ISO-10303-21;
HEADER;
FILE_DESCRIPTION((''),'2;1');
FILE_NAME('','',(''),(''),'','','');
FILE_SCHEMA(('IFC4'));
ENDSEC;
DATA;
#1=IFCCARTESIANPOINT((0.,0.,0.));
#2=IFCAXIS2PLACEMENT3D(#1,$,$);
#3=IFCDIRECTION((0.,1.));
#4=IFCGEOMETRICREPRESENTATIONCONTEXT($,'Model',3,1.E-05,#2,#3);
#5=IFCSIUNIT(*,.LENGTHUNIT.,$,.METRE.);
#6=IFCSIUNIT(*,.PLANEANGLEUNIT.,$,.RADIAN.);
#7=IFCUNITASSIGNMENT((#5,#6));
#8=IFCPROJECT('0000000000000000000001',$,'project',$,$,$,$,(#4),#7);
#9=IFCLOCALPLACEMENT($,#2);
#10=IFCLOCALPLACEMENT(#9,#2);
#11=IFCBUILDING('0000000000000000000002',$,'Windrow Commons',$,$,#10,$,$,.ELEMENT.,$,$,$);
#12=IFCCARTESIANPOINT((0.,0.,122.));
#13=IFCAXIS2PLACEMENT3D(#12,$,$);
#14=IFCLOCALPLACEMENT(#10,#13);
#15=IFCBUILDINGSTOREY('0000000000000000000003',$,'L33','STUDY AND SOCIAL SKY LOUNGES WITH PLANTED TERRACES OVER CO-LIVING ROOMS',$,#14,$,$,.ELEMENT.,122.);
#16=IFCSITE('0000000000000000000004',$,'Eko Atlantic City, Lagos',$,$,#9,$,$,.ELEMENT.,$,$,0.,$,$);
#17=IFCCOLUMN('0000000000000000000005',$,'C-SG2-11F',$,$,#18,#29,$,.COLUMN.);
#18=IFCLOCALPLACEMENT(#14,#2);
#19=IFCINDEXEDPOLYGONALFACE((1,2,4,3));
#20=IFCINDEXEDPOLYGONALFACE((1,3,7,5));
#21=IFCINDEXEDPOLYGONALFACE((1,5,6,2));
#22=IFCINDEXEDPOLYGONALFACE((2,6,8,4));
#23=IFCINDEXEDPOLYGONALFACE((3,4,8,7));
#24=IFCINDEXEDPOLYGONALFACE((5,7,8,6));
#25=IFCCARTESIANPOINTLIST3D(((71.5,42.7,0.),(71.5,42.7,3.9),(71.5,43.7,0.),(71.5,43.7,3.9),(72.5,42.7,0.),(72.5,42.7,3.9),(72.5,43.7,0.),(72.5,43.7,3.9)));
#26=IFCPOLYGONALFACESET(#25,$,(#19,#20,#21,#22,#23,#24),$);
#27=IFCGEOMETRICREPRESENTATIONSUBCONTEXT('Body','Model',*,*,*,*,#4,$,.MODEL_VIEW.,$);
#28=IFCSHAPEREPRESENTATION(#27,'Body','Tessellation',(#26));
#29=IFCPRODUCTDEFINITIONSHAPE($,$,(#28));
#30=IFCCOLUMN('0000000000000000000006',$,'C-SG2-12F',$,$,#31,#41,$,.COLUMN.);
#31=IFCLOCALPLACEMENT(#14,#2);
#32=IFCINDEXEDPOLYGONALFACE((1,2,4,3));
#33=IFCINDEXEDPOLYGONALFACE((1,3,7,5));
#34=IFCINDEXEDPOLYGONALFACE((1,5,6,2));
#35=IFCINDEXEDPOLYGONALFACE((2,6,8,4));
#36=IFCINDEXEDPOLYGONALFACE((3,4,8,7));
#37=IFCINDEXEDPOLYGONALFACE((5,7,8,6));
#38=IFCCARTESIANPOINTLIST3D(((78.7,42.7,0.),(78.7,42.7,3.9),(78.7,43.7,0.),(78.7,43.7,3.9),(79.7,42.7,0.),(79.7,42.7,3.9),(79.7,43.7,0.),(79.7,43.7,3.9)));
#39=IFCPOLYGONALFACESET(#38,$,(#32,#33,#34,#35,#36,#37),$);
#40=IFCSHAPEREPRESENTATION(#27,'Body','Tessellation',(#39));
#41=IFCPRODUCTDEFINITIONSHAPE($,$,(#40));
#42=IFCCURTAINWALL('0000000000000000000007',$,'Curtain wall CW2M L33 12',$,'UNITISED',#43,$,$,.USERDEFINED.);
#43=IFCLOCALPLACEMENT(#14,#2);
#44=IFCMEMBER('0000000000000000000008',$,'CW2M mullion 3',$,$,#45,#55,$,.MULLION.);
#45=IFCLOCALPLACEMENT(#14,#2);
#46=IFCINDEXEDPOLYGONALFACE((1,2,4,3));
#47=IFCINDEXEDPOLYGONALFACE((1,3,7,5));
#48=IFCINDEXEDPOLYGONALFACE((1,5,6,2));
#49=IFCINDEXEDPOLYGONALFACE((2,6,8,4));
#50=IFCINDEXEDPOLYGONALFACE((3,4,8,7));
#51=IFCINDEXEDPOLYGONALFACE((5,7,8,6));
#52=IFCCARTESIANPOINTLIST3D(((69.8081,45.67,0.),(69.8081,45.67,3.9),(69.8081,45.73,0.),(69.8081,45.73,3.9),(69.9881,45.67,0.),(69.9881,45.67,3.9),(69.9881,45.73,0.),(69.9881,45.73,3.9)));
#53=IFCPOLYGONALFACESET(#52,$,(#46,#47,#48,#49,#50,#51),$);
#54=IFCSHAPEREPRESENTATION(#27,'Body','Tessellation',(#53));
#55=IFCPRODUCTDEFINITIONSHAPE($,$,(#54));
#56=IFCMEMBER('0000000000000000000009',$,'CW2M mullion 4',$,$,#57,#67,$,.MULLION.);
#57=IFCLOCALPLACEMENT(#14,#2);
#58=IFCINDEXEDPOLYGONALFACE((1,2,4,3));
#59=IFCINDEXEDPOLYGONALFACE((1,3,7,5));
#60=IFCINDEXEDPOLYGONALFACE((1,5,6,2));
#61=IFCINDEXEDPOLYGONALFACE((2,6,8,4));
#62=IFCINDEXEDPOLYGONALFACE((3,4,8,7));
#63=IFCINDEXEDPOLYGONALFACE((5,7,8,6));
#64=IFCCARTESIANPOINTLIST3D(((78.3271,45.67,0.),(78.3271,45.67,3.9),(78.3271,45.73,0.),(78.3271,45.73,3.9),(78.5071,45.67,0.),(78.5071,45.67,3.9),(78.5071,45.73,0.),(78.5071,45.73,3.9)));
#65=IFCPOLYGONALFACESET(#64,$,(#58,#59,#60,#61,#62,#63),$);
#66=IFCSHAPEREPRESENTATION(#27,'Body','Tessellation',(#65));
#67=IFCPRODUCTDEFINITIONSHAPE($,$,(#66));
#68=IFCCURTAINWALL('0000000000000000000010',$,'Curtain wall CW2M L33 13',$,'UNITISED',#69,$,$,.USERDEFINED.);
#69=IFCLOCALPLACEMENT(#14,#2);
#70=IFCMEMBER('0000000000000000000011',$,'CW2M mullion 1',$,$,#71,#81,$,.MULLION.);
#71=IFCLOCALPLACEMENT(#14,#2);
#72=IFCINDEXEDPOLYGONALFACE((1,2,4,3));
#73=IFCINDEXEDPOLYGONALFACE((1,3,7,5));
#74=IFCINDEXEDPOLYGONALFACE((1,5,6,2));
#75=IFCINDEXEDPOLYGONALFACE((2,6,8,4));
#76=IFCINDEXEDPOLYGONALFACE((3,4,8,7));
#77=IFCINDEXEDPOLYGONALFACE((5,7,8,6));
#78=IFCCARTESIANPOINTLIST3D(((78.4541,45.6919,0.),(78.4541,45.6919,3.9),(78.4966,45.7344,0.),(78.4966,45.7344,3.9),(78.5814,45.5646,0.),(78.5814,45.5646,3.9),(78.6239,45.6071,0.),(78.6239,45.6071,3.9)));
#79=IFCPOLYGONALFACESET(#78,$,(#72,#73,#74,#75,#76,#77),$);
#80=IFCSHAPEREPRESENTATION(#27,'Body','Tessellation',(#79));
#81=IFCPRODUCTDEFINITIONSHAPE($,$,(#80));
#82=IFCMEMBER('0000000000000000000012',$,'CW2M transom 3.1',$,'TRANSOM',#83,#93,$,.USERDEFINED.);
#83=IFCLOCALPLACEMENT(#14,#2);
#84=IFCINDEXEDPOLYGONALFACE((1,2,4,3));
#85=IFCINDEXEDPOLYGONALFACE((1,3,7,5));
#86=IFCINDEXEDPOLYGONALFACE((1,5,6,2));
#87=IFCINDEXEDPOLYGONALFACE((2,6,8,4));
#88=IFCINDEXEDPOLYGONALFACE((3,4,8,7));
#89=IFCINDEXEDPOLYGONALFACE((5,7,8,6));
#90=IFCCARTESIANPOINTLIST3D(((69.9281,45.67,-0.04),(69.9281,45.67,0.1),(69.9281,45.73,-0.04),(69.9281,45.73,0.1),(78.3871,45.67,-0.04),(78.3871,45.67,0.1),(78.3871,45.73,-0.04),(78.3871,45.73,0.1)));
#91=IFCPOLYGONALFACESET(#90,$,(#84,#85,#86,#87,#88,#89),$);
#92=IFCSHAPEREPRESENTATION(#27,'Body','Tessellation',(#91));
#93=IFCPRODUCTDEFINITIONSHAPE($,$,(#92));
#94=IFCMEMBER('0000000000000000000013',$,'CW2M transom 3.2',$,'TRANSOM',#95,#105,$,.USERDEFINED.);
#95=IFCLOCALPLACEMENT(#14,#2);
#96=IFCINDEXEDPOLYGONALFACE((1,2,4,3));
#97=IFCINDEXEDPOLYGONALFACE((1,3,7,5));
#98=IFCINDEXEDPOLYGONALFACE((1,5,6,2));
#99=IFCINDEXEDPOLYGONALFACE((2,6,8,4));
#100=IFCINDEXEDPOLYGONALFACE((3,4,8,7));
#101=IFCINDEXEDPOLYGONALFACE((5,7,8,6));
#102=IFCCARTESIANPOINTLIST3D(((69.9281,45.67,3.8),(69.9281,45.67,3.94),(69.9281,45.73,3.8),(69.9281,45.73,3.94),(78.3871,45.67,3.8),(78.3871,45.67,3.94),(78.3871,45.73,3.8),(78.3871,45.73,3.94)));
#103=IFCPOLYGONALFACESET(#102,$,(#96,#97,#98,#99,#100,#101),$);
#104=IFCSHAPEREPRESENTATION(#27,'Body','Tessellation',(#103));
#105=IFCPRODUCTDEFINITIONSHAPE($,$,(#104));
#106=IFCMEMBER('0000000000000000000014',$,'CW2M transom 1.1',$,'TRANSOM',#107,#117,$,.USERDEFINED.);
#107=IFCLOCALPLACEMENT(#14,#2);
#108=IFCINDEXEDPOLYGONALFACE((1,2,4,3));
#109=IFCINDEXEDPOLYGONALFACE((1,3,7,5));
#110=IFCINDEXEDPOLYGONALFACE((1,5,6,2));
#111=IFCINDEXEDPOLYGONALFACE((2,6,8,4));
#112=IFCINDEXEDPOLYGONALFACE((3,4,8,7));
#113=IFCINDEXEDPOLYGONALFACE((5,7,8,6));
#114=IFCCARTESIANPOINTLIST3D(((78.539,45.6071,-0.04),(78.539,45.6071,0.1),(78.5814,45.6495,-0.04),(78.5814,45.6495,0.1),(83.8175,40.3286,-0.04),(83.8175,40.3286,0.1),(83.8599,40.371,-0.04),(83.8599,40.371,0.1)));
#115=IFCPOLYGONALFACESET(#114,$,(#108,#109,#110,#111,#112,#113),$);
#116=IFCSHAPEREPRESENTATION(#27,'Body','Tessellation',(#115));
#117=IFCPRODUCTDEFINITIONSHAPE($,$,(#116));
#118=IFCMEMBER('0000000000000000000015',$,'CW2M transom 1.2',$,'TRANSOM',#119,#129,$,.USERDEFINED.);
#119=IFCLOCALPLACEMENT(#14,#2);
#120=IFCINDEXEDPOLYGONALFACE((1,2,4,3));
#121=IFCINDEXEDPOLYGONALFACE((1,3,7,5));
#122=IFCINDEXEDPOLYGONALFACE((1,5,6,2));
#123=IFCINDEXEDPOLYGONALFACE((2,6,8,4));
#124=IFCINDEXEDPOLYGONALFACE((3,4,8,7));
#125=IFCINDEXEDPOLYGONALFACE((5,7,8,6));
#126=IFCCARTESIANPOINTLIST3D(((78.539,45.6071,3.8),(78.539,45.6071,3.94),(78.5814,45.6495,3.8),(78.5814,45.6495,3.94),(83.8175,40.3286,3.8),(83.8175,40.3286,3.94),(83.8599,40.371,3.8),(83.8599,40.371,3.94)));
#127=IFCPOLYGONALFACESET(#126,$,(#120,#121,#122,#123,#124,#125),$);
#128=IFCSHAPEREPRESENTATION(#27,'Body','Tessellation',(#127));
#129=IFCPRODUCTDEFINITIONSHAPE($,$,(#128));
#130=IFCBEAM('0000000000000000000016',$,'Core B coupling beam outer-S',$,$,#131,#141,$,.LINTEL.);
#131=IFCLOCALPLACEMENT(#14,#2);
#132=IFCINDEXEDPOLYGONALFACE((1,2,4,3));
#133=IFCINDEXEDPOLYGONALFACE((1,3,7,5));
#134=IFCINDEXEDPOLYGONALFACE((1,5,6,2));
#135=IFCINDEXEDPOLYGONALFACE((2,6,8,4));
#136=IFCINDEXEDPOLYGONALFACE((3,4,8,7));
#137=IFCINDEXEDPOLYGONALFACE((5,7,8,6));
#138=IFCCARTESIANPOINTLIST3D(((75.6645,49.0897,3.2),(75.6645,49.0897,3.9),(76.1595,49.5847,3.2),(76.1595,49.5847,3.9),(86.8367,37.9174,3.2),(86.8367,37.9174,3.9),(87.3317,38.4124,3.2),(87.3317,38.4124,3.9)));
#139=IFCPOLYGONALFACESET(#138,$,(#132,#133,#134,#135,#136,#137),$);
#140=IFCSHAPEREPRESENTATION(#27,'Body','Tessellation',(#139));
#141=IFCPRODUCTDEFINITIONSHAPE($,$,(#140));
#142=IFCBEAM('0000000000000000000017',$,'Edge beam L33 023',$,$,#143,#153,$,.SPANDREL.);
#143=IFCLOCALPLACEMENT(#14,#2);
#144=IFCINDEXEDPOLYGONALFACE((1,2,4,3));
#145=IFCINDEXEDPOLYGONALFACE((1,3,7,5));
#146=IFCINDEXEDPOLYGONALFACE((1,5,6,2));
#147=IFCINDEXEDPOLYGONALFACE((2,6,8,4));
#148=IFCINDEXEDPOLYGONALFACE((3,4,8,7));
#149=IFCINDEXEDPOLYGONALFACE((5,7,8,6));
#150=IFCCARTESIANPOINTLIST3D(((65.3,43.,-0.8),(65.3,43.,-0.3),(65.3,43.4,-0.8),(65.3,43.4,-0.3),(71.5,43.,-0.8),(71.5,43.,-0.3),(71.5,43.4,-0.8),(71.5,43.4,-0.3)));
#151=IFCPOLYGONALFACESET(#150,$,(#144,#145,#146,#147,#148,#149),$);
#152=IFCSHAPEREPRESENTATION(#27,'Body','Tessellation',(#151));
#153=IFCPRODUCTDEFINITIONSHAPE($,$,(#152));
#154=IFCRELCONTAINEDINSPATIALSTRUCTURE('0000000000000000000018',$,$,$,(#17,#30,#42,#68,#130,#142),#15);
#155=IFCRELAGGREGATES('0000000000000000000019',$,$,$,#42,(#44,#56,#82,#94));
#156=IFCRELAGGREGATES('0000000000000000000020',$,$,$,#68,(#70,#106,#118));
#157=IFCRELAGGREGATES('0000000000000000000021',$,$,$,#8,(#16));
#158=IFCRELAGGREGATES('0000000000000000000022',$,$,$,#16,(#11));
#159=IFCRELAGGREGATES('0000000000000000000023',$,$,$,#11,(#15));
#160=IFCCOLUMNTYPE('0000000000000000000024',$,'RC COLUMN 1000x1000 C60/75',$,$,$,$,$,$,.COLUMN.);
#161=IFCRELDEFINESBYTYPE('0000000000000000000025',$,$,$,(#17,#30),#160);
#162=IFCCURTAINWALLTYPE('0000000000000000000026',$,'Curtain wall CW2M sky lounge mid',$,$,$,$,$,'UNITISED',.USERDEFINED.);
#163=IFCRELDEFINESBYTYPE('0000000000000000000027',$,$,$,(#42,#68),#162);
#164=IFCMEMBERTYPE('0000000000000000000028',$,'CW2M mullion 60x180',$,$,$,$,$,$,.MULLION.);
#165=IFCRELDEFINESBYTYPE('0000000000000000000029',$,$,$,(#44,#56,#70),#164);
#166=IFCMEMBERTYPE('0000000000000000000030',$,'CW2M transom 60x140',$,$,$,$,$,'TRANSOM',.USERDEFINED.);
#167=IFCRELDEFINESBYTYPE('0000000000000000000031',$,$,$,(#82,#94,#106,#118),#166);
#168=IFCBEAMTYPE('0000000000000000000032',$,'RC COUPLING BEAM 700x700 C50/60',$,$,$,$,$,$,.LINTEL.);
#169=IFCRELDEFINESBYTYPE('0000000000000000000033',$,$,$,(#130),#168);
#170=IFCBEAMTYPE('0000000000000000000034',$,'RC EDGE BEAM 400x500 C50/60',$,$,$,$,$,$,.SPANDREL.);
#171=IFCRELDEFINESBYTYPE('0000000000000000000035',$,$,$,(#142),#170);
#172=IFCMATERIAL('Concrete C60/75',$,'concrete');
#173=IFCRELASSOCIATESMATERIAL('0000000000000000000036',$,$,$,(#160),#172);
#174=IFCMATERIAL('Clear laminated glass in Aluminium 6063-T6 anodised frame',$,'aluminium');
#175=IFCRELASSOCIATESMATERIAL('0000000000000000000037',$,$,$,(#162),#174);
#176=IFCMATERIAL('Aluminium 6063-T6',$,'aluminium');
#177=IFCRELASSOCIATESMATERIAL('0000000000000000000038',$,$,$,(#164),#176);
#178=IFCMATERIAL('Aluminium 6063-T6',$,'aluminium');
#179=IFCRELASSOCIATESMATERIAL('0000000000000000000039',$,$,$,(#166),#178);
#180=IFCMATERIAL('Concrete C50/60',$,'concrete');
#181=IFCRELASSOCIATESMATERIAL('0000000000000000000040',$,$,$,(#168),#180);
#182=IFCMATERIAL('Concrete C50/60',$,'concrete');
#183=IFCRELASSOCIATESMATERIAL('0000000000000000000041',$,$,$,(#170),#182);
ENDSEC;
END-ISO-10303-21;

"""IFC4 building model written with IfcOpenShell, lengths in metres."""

from ifc_helpers import new_model, si_unit, direction, frame, origin, origin_2d, place, context, subcontext, project, spatial, rectangle, extrude, material, material_profile, profile_set, type_object, element, aggregate, save


model = new_model("IFC4")

# Units and contexts
model_context = context("Model", 3, precision=1e-05, world=origin(), true_north=direction((0.0, 1.0)))
body_context = subcontext(model_context, "Body", "Model", "MODEL_VIEW")
ifc_project = project(units=[si_unit("LENGTHUNIT", "METRE"), si_unit("PLANEANGLEUNIT", "RADIAN")], contexts=[model_context])

# Site, building, storey
site_placement = place(None, origin())
site = spatial("IfcSite", under=ifc_project, at=site_placement, Name="Eko Atlantic City, Lagos", CompositionType="ELEMENT", RefElevation=0.0)
building_placement = place(site_placement, origin())
building = spatial("IfcBuilding", under=site, at=building_placement, Name="Windrow Commons", CompositionType="ELEMENT")
storey_placement = place(building_placement, frame((0.0, 0.0, 122.0)))
storey = spatial("IfcBuildingStorey", under=building, at=storey_placement, Name="L33", Description="STUDY AND SOCIAL SKY LOUNGES WITH PLANTED TERRACES OVER CO-LIVING ROOMS", CompositionType="ELEMENT", Elevation=122.0)

# Columns
ifc_material_1 = material(Name="Concrete C60/75", Category="concrete")
ifc_material_profile_1 = material_profile(ifc_material_1, rectangle(XDim=1.0, YDim=1.0, at=origin_2d()))
ifc_profile_set_1 = profile_set([ifc_material_profile_1], Name="Concrete C60/75")
column_type = type_object("IfcColumnType", Name="RC COLUMN 1000x1000 C60/75", PredefinedType="COLUMN", material=ifc_profile_set_1)
for number, where, z_axis, x_axis, name in (
    (1, (72.0, 43.2, 0.0), (0.0, 0.0, 1.0), (1.0, 0.0, 0.0), "C-SG2-11F"),
    (2, (79.2, 43.2, 0.0), (0.0, 0.0, 1.0), (1.0, 0.0, 0.0), "C-SG2-12F"),
):
    element("IfcColumn", number, at=place(storey_placement, frame(where, z_axis=z_axis, x_axis=x_axis)), inside=storey, type_object=column_type, Name=name, PredefinedType="COLUMN", context=body_context, shape_type="SweptSolid", body=[
        extrude(rectangle(XDim=1.0, YDim=1.0, at=origin_2d()), origin(), (0.0, 0.0, 1.0), 3.9),
    ])

# Curtain wall, members
ifc_material_2 = material(Name="Clear laminated glass in Aluminium 6063-T6 anodised frame", Category="aluminium")
curtain_wall_type = type_object("IfcCurtainWallType", Name="Curtain wall CW2M sky lounge mid", ElementType="UNITISED", PredefinedType="USERDEFINED", material=ifc_material_2)
placement = place(storey_placement, origin())
curtain_wall_1 = element("IfcCurtainWall", 3, at=placement, inside=storey, type_object=curtain_wall_type, Name="Curtain wall CW2M L33 12", ObjectType="UNITISED", PredefinedType="USERDEFINED")
ifc_material_3 = material(Name="Aluminium 6063-T6", Category="aluminium")
ifc_material_profile_2 = material_profile(ifc_material_3, rectangle(XDim=0.06, YDim=0.18, at=origin_2d()))
ifc_profile_set_2 = profile_set([ifc_material_profile_2], Name="Aluminium 6063-T6")
member_type_1 = type_object("IfcMemberType", Name="CW2M mullion 60x180", PredefinedType="MULLION", material=ifc_profile_set_2)
member_1_placement = place(storey_placement, frame((69.8981, 45.7, 0.0), z_axis=(0.0, 0.0, 1.0), x_axis=(0.0, 1.0, 0.0)))
member_1 = element("IfcMember", 4, at=member_1_placement, type_object=member_type_1, Name="CW2M mullion 3", PredefinedType="MULLION", context=body_context, shape_type="SweptSolid", body=[
    extrude(rectangle(XDim=0.06, YDim=0.18, at=origin_2d()), origin(), (0.0, 0.0, 1.0), 3.9),
])
member_2_placement = place(storey_placement, frame((78.4171, 45.7, 0.0), z_axis=(0.0, 0.0, 1.0), x_axis=(0.0, 1.0, 0.0)))
member_2 = element("IfcMember", 5, at=member_2_placement, type_object=member_type_1, Name="CW2M mullion 4", PredefinedType="MULLION", context=body_context, shape_type="SweptSolid", body=[
    extrude(rectangle(XDim=0.06, YDim=0.18, at=origin_2d()), origin(), (0.0, 0.0, 1.0), 3.9),
])

# Curtain wall, member
curtain_wall_2 = element("IfcCurtainWall", 6, at=placement, inside=storey, type_object=curtain_wall_type, Name="Curtain wall CW2M L33 13", ObjectType="UNITISED", PredefinedType="USERDEFINED")
member_3_placement = place(storey_placement, frame((78.539, 45.6495, 0.0), z_axis=(0.0, 0.0, 1.0), x_axis=(0.707107, 0.707107, 0.0)))
member_3 = element("IfcMember", 7, at=member_3_placement, type_object=member_type_1, Name="CW2M mullion 1", PredefinedType="MULLION", context=body_context, shape_type="SweptSolid", body=[
    extrude(rectangle(XDim=0.06, YDim=0.18, at=origin_2d()), origin(), (0.0, 0.0, 1.0), 3.9),
])

# Members
ifc_material_4 = material(Name="Aluminium 6063-T6", Category="aluminium")
ifc_material_profile_3 = material_profile(ifc_material_4, rectangle(XDim=0.06, YDim=0.14, at=origin_2d()))
ifc_profile_set_3 = profile_set([ifc_material_profile_3], Name="Aluminium 6063-T6")
member_type_2 = type_object("IfcMemberType", Name="CW2M transom 60x140", ElementType="TRANSOM", PredefinedType="USERDEFINED", material=ifc_profile_set_3)
member_4_placement = place(storey_placement, frame((69.9281, 45.7, 0.03), z_axis=(1.0, 0.0, 0.0), x_axis=(0.0, 1.0, 0.0)))
member_4 = element("IfcMember", 8, at=member_4_placement, type_object=member_type_2, Name="CW2M transom 3.1", ObjectType="TRANSOM", PredefinedType="USERDEFINED", context=body_context, shape_type="SweptSolid", body=[
    extrude(rectangle(XDim=0.06, YDim=0.14, at=origin_2d()), origin(), (0.0, 0.0, 1.0), 8.459),
])
member_5_placement = place(storey_placement, frame((69.9281, 45.7, 3.87), z_axis=(1.0, 0.0, 0.0), x_axis=(0.0, 1.0, 0.0)))
member_5 = element("IfcMember", 9, at=member_5_placement, type_object=member_type_2, Name="CW2M transom 3.2", ObjectType="TRANSOM", PredefinedType="USERDEFINED", context=body_context, shape_type="SweptSolid", body=[
    extrude(rectangle(XDim=0.06, YDim=0.14, at=origin_2d()), origin(), (0.0, 0.0, 1.0), 8.459),
])
member_6_placement = place(storey_placement, frame((78.5602, 45.6283, 0.03), z_axis=(0.707107, -0.707107, 0.0), x_axis=(0.707107, 0.707107, 0.0)))
member_6 = element("IfcMember", 10, at=member_6_placement, type_object=member_type_2, Name="CW2M transom 1.1", ObjectType="TRANSOM", PredefinedType="USERDEFINED", context=body_context, shape_type="SweptSolid", body=[
    extrude(rectangle(XDim=0.06, YDim=0.14, at=origin_2d()), origin(), (0.0, 0.0, 1.0), 7.4649),
])
member_7_placement = place(storey_placement, frame((78.5602, 45.6283, 3.87), z_axis=(0.707107, -0.707107, 0.0), x_axis=(0.707107, 0.707107, 0.0)))
member_7 = element("IfcMember", 11, at=member_7_placement, type_object=member_type_2, Name="CW2M transom 1.2", ObjectType="TRANSOM", PredefinedType="USERDEFINED", context=body_context, shape_type="SweptSolid", body=[
    extrude(rectangle(XDim=0.06, YDim=0.14, at=origin_2d()), origin(), (0.0, 0.0, 1.0), 7.4649),
])

# Beams
ifc_material_5 = material(Name="Concrete C50/60", Category="concrete")
ifc_material_profile_4 = material_profile(ifc_material_5, rectangle(XDim=0.7, YDim=0.7, at=origin_2d()))
ifc_profile_set_4 = profile_set([ifc_material_profile_4], Name="Concrete C50/60")
beam_type_1 = type_object("IfcBeamType", Name="RC COUPLING BEAM 700x700 C50/60", PredefinedType="LINTEL", material=ifc_profile_set_4)
beam_1_placement = place(storey_placement, frame((75.912, 49.3372, 3.55), z_axis=(0.707104, -0.70711, 0.0), x_axis=(0.70711, 0.707104, 0.0)))
element("IfcBeam", 12, at=beam_1_placement, inside=storey, type_object=beam_type_1, Name="Core B coupling beam outer-S", PredefinedType="LINTEL", context=body_context, shape_type="SweptSolid", body=[
    extrude(rectangle(XDim=0.7, YDim=0.7, at=origin_2d()), origin(), (0.0, 0.0, 1.0), 15.7999),
])
ifc_material_6 = material(Name="Concrete C50/60", Category="concrete")
ifc_material_profile_5 = material_profile(ifc_material_6, rectangle(XDim=0.4, YDim=0.5, at=origin_2d()))
ifc_profile_set_5 = profile_set([ifc_material_profile_5], Name="Concrete C50/60")
beam_type_2 = type_object("IfcBeamType", Name="RC EDGE BEAM 400x500 C50/60", PredefinedType="SPANDREL", material=ifc_profile_set_5)
beam_2_placement = place(storey_placement, frame((71.5, 43.2, -0.55), z_axis=(-1.0, 0.0, 0.0), x_axis=(0.0, -1.0, 0.0)))
element("IfcBeam", 13, at=beam_2_placement, inside=storey, type_object=beam_type_2, Name="Edge beam L33 023", PredefinedType="SPANDREL", context=body_context, shape_type="SweptSolid", body=[
    extrude(rectangle(XDim=0.4, YDim=0.5, at=origin_2d()), origin(), (0.0, 0.0, 1.0), 6.2),
])

aggregate(curtain_wall_1, [member_1, member_2, member_4, member_5])
aggregate(curtain_wall_2, [member_3, member_6, member_7])

save(model, "model.ifc")
